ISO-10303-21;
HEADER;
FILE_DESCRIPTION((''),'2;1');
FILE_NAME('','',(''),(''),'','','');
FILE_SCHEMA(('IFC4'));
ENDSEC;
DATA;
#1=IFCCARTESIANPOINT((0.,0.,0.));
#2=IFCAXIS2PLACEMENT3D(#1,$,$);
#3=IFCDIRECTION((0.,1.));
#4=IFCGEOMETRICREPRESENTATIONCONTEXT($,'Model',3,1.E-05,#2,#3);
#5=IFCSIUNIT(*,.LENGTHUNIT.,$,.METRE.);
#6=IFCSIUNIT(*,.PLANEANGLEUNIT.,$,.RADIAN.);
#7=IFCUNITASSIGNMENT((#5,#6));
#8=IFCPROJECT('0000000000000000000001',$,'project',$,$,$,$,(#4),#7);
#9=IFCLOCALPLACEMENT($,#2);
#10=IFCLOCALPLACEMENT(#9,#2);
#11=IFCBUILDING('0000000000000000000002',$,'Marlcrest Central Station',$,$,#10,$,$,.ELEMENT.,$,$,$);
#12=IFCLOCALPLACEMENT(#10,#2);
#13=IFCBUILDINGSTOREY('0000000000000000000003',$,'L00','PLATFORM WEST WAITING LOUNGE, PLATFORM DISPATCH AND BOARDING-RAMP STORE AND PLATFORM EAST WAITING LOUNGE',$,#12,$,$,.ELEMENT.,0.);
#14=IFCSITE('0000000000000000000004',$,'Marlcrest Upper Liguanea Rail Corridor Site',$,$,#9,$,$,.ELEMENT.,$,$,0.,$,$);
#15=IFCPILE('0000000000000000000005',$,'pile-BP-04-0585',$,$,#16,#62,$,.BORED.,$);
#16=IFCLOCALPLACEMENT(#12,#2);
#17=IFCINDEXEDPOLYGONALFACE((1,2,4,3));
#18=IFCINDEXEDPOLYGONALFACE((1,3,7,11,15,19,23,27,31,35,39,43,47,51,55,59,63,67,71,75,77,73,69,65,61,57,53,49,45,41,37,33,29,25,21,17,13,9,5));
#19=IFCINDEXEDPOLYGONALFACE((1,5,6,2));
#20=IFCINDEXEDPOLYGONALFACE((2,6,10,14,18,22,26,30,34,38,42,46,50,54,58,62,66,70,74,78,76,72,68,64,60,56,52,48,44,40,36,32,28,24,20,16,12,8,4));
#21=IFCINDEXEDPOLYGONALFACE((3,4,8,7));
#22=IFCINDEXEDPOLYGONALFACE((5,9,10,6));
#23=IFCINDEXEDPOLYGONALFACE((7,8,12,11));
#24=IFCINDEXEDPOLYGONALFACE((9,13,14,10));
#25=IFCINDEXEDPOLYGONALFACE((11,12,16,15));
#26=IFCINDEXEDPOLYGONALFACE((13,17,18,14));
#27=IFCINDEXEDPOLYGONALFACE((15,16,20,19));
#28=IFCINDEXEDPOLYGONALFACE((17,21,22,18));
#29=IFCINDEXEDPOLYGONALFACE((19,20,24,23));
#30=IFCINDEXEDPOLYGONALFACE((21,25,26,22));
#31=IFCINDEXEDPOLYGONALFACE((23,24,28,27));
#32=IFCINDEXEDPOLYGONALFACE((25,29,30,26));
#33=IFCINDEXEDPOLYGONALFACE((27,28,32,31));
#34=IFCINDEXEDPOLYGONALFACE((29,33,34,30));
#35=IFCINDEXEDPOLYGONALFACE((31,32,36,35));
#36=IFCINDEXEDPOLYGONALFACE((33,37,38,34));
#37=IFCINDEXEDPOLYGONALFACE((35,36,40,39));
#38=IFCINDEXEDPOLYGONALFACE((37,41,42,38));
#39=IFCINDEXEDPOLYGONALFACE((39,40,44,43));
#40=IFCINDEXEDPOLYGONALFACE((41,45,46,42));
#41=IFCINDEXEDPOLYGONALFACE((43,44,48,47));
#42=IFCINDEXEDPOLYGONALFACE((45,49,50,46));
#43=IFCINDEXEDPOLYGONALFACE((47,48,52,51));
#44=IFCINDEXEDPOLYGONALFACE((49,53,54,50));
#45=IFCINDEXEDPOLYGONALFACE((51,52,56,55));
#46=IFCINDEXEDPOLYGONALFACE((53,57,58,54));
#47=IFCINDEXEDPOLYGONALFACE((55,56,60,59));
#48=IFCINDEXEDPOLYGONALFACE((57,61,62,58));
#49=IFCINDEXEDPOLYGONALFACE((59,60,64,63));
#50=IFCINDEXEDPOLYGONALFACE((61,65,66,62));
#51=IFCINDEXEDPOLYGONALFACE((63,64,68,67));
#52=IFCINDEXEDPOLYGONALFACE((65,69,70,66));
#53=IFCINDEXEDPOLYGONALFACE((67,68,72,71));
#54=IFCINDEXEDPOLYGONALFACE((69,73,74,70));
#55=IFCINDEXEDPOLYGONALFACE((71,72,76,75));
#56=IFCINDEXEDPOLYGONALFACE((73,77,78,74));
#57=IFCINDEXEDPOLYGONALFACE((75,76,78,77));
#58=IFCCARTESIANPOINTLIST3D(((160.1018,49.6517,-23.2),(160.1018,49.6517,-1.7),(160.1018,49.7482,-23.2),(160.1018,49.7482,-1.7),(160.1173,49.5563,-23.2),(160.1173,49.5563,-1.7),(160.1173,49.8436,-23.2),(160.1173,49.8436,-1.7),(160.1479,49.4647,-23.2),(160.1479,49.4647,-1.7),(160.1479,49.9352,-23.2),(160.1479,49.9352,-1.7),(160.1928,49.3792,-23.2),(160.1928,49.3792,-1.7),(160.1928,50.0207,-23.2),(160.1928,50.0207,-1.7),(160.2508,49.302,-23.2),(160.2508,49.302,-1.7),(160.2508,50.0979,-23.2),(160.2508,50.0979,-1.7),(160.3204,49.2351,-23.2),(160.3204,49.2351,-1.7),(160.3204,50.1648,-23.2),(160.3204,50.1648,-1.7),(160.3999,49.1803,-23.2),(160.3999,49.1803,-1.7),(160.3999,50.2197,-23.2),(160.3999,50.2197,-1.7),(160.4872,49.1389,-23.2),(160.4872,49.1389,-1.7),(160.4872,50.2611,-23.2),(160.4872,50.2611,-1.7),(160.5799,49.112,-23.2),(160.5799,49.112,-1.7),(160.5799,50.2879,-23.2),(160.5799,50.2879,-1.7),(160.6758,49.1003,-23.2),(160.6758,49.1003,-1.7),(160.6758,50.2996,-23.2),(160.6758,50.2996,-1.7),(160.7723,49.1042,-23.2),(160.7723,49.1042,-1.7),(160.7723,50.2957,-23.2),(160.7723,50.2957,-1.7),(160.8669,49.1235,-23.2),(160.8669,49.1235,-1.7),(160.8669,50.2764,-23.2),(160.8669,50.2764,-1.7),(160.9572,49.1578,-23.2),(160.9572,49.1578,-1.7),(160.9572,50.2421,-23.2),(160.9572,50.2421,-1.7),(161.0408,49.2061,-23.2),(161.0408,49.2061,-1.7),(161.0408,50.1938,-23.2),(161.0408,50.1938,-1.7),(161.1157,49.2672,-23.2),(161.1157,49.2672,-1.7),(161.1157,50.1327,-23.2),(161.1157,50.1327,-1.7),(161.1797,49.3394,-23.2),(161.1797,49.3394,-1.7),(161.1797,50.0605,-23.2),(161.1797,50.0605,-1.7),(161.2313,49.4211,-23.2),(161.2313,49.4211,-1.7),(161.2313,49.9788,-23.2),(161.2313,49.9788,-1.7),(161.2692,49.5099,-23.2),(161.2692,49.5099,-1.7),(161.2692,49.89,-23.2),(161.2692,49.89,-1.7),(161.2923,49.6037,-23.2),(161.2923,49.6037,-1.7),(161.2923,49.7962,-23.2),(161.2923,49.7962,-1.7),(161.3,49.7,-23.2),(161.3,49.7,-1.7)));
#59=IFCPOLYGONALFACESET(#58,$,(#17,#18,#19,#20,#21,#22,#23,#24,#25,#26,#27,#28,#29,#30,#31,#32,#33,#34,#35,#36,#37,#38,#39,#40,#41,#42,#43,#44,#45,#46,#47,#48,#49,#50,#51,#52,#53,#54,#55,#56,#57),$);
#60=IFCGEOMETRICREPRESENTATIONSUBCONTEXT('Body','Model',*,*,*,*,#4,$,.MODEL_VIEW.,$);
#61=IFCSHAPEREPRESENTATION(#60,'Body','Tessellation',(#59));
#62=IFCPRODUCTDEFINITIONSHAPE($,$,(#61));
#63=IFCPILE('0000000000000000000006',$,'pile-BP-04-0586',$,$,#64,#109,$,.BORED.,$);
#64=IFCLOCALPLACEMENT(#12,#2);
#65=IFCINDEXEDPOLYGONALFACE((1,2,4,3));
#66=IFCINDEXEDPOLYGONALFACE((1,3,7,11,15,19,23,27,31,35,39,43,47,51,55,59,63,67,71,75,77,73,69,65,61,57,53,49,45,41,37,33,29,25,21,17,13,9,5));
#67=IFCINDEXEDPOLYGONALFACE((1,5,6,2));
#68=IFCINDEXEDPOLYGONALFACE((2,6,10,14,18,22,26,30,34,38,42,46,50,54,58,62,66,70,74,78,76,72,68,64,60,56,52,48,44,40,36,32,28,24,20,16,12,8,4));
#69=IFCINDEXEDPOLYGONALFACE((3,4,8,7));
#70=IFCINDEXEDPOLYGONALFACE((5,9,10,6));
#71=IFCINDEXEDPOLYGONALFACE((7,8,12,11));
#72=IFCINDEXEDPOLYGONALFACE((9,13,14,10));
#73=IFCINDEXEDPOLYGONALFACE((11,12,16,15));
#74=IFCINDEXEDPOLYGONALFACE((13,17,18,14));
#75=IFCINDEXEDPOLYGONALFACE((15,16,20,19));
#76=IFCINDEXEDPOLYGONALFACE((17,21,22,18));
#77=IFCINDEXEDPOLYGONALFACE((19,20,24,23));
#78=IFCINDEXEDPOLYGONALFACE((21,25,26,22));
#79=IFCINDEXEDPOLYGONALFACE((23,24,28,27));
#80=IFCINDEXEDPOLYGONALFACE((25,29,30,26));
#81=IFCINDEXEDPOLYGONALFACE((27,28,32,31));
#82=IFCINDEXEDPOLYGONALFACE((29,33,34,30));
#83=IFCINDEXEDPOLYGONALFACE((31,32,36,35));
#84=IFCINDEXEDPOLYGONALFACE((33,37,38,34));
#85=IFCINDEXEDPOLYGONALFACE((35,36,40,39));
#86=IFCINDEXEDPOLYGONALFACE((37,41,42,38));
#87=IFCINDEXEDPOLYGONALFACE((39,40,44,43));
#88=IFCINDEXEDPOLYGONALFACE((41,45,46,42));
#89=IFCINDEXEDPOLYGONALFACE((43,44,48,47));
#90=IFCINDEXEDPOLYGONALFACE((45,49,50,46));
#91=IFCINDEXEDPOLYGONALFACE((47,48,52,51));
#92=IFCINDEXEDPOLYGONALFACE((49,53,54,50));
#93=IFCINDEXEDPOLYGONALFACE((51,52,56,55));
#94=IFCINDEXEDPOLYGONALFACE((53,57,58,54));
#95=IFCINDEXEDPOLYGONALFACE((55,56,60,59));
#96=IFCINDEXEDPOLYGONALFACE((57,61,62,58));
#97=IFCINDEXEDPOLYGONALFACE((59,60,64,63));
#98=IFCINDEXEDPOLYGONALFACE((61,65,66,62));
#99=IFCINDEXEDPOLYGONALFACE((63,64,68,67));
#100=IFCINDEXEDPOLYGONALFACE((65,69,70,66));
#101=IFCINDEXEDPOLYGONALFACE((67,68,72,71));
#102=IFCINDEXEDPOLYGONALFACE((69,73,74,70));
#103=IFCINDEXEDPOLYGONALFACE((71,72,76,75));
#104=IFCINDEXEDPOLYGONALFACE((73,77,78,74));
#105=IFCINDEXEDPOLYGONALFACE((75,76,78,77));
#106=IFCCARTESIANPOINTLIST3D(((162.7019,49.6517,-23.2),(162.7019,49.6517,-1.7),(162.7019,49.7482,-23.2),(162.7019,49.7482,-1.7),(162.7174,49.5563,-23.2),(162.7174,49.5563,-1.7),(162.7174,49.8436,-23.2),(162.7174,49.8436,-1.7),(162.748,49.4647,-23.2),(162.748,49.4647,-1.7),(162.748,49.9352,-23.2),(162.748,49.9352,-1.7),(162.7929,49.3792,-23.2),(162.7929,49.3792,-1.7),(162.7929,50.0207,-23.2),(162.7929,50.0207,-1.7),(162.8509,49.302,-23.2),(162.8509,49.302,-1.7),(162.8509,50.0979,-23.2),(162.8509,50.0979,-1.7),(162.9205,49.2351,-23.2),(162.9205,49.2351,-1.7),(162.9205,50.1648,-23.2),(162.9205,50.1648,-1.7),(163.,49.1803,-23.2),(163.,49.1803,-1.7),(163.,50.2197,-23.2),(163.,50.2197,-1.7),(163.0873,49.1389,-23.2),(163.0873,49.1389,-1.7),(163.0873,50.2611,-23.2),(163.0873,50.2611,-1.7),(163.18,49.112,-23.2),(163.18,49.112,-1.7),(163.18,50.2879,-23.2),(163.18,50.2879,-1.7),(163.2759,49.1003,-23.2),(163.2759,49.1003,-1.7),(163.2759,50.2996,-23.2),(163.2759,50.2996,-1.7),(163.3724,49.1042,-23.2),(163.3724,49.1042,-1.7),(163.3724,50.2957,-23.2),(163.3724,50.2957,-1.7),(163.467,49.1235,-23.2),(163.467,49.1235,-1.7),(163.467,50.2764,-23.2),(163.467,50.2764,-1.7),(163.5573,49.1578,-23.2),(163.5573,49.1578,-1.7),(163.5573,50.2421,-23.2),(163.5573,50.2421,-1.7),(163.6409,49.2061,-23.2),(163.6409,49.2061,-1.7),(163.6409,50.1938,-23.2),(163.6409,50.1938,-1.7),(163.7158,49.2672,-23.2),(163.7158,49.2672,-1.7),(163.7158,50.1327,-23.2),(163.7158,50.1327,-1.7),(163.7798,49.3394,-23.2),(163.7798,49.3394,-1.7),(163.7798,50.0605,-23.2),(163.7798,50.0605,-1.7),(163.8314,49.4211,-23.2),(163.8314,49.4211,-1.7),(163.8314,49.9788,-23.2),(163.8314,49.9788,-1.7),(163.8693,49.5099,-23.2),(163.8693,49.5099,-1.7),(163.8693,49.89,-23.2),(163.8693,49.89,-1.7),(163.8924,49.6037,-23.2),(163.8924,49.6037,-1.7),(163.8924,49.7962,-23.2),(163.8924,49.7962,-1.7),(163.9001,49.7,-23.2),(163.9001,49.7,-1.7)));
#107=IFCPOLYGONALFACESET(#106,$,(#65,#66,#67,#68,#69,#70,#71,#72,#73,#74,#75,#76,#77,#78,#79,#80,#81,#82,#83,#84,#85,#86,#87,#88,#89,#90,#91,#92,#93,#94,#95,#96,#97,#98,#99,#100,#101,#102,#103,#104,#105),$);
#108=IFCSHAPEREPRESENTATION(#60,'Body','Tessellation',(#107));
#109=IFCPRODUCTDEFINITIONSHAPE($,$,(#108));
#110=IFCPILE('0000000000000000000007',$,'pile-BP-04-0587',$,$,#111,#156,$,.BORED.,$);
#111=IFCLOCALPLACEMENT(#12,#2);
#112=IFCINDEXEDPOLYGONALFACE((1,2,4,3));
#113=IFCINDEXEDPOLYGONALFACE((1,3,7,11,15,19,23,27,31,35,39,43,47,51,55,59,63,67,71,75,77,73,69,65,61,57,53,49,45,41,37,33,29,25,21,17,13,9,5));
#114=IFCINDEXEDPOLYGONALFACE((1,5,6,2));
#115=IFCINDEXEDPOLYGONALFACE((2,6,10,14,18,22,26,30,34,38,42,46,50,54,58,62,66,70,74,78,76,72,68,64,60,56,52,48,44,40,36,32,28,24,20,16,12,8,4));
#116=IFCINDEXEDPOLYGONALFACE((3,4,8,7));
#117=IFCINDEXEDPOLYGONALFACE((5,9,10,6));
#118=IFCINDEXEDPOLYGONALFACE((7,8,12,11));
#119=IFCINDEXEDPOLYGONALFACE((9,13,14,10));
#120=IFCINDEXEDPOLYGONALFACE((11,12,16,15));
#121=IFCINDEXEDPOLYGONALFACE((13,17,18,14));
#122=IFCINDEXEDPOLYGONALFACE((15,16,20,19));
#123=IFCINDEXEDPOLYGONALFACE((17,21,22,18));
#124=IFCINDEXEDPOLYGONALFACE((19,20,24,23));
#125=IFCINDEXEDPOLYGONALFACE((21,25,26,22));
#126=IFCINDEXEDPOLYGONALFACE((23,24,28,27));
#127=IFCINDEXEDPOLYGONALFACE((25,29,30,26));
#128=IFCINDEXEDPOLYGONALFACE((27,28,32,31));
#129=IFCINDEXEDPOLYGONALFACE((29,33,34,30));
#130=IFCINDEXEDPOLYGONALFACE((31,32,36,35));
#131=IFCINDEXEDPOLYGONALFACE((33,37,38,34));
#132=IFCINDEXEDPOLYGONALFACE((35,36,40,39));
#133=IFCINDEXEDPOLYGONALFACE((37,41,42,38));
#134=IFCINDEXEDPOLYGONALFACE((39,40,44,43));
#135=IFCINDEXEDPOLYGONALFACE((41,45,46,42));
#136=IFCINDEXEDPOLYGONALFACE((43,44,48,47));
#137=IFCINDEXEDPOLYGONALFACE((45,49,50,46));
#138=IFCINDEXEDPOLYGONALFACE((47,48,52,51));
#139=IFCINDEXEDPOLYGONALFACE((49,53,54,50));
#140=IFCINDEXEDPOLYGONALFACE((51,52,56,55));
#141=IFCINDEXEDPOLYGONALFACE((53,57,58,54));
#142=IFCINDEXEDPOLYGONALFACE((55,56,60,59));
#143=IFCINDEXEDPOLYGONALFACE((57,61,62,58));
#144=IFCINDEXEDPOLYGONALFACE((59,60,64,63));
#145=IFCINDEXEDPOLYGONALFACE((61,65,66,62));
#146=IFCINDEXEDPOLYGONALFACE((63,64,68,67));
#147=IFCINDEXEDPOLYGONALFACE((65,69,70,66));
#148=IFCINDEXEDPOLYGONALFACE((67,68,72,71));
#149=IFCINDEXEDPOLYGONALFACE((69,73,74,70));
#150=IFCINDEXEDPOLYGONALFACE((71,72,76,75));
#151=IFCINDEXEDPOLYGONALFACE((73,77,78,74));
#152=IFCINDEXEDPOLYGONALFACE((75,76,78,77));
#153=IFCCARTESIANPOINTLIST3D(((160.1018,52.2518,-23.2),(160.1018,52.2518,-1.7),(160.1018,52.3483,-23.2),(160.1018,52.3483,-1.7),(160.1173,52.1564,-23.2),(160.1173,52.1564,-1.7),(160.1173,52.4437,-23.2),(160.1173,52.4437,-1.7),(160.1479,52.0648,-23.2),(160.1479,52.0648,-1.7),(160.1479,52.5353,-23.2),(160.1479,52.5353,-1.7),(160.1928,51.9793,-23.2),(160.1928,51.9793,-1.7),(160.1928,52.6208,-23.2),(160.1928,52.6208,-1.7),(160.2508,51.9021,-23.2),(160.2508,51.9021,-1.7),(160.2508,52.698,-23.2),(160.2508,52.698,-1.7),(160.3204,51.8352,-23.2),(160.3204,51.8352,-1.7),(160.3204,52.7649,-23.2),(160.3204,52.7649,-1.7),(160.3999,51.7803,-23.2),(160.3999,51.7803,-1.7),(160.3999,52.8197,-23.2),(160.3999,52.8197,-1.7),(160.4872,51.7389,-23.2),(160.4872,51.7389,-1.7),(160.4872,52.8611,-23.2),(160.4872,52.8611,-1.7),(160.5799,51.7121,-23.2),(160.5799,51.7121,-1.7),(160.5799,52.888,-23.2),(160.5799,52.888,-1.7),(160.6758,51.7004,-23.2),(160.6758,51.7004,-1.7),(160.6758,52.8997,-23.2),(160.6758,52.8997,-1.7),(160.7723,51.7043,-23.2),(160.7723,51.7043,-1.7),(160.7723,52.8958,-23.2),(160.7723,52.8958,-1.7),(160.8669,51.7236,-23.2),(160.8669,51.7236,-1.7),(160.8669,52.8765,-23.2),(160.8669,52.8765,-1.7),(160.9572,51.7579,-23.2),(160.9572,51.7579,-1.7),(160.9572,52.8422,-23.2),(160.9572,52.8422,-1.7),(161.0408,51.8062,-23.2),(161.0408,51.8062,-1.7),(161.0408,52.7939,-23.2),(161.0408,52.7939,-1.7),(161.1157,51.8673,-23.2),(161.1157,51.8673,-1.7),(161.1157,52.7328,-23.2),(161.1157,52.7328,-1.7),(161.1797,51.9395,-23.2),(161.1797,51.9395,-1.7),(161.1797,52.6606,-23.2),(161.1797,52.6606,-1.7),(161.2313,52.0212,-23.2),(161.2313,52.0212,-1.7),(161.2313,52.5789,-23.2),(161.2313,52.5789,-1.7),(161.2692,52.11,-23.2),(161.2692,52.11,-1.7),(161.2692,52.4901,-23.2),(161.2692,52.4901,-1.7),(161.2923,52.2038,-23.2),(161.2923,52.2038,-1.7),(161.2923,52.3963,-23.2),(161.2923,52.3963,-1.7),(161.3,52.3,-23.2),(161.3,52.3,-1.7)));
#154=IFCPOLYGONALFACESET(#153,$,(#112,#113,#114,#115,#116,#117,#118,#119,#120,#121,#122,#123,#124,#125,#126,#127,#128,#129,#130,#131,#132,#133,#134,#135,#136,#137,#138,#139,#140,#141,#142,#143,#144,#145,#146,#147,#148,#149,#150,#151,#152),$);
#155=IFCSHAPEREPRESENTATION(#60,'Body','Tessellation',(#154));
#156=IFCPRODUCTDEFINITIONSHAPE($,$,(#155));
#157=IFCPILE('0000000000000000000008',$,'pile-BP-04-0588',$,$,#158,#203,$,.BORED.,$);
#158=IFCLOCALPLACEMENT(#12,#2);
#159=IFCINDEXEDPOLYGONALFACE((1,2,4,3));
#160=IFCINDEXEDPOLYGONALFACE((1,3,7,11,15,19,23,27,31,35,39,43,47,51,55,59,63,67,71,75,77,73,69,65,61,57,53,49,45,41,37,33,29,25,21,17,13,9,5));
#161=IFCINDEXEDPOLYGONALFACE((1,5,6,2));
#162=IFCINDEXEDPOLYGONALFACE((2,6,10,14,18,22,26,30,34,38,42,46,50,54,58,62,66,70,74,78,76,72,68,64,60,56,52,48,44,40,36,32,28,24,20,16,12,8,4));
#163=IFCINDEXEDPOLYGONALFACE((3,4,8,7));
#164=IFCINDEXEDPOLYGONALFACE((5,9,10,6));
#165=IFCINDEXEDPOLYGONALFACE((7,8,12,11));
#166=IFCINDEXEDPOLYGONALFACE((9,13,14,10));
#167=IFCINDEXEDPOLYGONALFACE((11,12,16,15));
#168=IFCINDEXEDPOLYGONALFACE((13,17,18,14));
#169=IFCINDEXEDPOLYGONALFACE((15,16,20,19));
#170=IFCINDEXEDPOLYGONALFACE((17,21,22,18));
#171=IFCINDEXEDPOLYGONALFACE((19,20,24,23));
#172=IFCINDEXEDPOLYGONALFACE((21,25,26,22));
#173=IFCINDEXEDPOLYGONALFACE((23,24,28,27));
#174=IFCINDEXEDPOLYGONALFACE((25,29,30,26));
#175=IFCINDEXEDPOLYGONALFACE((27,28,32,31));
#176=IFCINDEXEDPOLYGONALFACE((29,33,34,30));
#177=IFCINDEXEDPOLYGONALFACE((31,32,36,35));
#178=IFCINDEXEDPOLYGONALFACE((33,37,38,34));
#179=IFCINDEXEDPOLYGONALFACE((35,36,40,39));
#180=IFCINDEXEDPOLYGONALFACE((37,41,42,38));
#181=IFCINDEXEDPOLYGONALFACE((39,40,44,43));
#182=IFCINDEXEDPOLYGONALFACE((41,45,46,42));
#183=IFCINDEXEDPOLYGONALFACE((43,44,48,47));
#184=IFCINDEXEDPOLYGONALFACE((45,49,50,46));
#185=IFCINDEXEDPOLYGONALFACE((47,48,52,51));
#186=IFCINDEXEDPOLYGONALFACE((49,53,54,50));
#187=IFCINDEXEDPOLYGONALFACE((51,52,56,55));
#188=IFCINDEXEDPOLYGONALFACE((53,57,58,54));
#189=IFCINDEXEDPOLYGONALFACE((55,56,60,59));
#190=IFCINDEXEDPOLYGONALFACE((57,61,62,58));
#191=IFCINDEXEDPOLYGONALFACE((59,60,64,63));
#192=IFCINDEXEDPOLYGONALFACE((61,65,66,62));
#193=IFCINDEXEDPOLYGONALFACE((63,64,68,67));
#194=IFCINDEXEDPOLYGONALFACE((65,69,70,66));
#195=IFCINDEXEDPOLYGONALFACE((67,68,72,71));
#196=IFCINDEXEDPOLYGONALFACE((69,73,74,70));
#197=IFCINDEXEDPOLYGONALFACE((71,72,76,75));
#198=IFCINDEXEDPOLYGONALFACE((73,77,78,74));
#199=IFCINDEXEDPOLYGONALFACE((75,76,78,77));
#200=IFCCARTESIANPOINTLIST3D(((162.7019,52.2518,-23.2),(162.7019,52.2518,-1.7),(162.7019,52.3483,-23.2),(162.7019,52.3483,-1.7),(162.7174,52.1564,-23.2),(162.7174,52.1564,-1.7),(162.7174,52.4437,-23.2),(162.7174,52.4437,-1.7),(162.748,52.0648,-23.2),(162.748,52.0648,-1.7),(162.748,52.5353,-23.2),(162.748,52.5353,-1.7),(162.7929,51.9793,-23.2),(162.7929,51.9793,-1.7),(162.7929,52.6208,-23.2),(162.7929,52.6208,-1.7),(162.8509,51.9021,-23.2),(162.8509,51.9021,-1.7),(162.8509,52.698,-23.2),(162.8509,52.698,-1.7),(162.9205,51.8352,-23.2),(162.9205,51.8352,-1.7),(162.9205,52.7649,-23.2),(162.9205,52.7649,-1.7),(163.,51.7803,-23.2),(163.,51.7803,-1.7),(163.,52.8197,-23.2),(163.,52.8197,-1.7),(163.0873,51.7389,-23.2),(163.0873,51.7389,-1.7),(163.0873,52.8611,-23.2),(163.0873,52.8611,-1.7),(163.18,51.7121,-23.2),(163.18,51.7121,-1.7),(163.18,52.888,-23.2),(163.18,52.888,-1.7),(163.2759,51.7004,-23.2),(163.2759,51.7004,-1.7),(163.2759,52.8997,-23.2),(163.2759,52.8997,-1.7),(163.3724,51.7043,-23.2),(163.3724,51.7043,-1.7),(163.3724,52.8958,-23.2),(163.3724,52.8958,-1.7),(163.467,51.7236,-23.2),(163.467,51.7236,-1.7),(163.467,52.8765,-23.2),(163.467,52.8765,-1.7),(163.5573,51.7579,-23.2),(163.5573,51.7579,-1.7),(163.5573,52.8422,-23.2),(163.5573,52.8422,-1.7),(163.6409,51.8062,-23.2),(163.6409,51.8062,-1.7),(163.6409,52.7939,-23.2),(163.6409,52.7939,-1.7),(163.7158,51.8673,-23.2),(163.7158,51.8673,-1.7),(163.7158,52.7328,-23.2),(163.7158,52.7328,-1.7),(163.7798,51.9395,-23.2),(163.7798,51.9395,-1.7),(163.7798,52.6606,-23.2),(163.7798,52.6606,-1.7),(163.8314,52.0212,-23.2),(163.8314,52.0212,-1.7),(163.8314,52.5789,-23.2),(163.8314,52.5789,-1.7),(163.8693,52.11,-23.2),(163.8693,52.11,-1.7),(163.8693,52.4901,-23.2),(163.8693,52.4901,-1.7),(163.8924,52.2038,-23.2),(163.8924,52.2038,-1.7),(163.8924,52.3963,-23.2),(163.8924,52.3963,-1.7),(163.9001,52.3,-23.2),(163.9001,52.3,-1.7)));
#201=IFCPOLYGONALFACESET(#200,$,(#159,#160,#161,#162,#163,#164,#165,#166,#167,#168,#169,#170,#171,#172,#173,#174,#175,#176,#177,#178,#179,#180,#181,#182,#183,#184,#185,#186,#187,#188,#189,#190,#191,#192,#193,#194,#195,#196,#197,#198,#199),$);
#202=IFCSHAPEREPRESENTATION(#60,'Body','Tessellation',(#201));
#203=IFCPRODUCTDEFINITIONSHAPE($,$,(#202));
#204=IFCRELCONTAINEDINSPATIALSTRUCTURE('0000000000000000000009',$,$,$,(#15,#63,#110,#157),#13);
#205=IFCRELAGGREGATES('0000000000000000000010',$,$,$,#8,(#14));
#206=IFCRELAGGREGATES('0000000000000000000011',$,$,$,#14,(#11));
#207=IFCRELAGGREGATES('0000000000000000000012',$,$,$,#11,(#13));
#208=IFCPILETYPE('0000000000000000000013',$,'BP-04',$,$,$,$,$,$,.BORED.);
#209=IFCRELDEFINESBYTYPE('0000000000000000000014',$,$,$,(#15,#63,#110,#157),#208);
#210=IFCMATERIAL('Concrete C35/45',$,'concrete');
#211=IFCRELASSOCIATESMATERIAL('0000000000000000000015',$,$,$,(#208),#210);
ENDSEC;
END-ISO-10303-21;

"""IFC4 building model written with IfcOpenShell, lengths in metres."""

from ifc_helpers import new_model, si_unit, direction, frame, origin, origin_2d, place, context, subcontext, project, spatial, circle, extrude, material, material_profile, profile_set, type_object, element, save


model = new_model("IFC4")

# Units and contexts
model_context = context("Model", 3, precision=1e-05, world=origin(), true_north=direction((0.0, 1.0)))
body_context = subcontext(model_context, "Body", "Model", "MODEL_VIEW")
ifc_project = project(units=[si_unit("LENGTHUNIT", "METRE"), si_unit("PLANEANGLEUNIT", "RADIAN")], contexts=[model_context])

# Site, building, storey
site_placement = place(None, origin())
site = spatial("IfcSite", under=ifc_project, at=site_placement, Name="Marlcrest Upper Liguanea Rail Corridor Site", CompositionType="ELEMENT", RefElevation=0.0)
building_placement = place(site_placement, origin())
building = spatial("IfcBuilding", under=site, at=building_placement, Name="Marlcrest Central Station", CompositionType="ELEMENT")
storey_placement = place(building_placement, origin())
storey = spatial("IfcBuildingStorey", under=building, at=storey_placement, Name="L00", Description="PLATFORM WEST WAITING LOUNGE, PLATFORM DISPATCH AND BOARDING-RAMP STORE AND PLATFORM EAST WAITING LOUNGE", CompositionType="ELEMENT", Elevation=0.0)

# Piles
ifc_material_1 = material(Name="Concrete C35/45", Category="concrete")
ifc_material_profile_1 = material_profile(ifc_material_1, circle(Radius=0.6001, at=origin_2d()), Name="PILE D1200")
ifc_profile_set_1 = profile_set([ifc_material_profile_1], Name="Concrete C35/45")
pile_type = type_object("IfcPileType", Name="BP-04", PredefinedType="BORED", material=ifc_profile_set_1)
for number, where, z_axis, x_axis, name in (
    (1, (160.7, 49.7, -1.7), (0.0, 0.0, -1.0), (1.0, 0.0, 0.0), "pile-BP-04-0585"),
    (2, (163.3, 49.7, -1.7), (0.0, 0.0, -1.0), (1.0, 0.0, 0.0), "pile-BP-04-0586"),
    (3, (160.7, 52.3, -1.7), (0.0, 0.0, -1.0), (1.0, 0.0, 0.0), "pile-BP-04-0587"),
    (4, (163.3, 52.3, -1.7), (0.0, 0.0, -1.0), (1.0, 0.0, 0.0), "pile-BP-04-0588"),
):
    element("IfcPile", number, at=place(storey_placement, frame(where, z_axis=z_axis, x_axis=x_axis)), inside=storey, type_object=pile_type, Name=name, PredefinedType="BORED", context=body_context, shape_type="SweptSolid", body=[
        extrude(circle(Radius=0.6001, at=origin_2d()), origin(), (0.0, 0.0, 1.0), 21.5),
    ])

save(model, "model.ifc")
